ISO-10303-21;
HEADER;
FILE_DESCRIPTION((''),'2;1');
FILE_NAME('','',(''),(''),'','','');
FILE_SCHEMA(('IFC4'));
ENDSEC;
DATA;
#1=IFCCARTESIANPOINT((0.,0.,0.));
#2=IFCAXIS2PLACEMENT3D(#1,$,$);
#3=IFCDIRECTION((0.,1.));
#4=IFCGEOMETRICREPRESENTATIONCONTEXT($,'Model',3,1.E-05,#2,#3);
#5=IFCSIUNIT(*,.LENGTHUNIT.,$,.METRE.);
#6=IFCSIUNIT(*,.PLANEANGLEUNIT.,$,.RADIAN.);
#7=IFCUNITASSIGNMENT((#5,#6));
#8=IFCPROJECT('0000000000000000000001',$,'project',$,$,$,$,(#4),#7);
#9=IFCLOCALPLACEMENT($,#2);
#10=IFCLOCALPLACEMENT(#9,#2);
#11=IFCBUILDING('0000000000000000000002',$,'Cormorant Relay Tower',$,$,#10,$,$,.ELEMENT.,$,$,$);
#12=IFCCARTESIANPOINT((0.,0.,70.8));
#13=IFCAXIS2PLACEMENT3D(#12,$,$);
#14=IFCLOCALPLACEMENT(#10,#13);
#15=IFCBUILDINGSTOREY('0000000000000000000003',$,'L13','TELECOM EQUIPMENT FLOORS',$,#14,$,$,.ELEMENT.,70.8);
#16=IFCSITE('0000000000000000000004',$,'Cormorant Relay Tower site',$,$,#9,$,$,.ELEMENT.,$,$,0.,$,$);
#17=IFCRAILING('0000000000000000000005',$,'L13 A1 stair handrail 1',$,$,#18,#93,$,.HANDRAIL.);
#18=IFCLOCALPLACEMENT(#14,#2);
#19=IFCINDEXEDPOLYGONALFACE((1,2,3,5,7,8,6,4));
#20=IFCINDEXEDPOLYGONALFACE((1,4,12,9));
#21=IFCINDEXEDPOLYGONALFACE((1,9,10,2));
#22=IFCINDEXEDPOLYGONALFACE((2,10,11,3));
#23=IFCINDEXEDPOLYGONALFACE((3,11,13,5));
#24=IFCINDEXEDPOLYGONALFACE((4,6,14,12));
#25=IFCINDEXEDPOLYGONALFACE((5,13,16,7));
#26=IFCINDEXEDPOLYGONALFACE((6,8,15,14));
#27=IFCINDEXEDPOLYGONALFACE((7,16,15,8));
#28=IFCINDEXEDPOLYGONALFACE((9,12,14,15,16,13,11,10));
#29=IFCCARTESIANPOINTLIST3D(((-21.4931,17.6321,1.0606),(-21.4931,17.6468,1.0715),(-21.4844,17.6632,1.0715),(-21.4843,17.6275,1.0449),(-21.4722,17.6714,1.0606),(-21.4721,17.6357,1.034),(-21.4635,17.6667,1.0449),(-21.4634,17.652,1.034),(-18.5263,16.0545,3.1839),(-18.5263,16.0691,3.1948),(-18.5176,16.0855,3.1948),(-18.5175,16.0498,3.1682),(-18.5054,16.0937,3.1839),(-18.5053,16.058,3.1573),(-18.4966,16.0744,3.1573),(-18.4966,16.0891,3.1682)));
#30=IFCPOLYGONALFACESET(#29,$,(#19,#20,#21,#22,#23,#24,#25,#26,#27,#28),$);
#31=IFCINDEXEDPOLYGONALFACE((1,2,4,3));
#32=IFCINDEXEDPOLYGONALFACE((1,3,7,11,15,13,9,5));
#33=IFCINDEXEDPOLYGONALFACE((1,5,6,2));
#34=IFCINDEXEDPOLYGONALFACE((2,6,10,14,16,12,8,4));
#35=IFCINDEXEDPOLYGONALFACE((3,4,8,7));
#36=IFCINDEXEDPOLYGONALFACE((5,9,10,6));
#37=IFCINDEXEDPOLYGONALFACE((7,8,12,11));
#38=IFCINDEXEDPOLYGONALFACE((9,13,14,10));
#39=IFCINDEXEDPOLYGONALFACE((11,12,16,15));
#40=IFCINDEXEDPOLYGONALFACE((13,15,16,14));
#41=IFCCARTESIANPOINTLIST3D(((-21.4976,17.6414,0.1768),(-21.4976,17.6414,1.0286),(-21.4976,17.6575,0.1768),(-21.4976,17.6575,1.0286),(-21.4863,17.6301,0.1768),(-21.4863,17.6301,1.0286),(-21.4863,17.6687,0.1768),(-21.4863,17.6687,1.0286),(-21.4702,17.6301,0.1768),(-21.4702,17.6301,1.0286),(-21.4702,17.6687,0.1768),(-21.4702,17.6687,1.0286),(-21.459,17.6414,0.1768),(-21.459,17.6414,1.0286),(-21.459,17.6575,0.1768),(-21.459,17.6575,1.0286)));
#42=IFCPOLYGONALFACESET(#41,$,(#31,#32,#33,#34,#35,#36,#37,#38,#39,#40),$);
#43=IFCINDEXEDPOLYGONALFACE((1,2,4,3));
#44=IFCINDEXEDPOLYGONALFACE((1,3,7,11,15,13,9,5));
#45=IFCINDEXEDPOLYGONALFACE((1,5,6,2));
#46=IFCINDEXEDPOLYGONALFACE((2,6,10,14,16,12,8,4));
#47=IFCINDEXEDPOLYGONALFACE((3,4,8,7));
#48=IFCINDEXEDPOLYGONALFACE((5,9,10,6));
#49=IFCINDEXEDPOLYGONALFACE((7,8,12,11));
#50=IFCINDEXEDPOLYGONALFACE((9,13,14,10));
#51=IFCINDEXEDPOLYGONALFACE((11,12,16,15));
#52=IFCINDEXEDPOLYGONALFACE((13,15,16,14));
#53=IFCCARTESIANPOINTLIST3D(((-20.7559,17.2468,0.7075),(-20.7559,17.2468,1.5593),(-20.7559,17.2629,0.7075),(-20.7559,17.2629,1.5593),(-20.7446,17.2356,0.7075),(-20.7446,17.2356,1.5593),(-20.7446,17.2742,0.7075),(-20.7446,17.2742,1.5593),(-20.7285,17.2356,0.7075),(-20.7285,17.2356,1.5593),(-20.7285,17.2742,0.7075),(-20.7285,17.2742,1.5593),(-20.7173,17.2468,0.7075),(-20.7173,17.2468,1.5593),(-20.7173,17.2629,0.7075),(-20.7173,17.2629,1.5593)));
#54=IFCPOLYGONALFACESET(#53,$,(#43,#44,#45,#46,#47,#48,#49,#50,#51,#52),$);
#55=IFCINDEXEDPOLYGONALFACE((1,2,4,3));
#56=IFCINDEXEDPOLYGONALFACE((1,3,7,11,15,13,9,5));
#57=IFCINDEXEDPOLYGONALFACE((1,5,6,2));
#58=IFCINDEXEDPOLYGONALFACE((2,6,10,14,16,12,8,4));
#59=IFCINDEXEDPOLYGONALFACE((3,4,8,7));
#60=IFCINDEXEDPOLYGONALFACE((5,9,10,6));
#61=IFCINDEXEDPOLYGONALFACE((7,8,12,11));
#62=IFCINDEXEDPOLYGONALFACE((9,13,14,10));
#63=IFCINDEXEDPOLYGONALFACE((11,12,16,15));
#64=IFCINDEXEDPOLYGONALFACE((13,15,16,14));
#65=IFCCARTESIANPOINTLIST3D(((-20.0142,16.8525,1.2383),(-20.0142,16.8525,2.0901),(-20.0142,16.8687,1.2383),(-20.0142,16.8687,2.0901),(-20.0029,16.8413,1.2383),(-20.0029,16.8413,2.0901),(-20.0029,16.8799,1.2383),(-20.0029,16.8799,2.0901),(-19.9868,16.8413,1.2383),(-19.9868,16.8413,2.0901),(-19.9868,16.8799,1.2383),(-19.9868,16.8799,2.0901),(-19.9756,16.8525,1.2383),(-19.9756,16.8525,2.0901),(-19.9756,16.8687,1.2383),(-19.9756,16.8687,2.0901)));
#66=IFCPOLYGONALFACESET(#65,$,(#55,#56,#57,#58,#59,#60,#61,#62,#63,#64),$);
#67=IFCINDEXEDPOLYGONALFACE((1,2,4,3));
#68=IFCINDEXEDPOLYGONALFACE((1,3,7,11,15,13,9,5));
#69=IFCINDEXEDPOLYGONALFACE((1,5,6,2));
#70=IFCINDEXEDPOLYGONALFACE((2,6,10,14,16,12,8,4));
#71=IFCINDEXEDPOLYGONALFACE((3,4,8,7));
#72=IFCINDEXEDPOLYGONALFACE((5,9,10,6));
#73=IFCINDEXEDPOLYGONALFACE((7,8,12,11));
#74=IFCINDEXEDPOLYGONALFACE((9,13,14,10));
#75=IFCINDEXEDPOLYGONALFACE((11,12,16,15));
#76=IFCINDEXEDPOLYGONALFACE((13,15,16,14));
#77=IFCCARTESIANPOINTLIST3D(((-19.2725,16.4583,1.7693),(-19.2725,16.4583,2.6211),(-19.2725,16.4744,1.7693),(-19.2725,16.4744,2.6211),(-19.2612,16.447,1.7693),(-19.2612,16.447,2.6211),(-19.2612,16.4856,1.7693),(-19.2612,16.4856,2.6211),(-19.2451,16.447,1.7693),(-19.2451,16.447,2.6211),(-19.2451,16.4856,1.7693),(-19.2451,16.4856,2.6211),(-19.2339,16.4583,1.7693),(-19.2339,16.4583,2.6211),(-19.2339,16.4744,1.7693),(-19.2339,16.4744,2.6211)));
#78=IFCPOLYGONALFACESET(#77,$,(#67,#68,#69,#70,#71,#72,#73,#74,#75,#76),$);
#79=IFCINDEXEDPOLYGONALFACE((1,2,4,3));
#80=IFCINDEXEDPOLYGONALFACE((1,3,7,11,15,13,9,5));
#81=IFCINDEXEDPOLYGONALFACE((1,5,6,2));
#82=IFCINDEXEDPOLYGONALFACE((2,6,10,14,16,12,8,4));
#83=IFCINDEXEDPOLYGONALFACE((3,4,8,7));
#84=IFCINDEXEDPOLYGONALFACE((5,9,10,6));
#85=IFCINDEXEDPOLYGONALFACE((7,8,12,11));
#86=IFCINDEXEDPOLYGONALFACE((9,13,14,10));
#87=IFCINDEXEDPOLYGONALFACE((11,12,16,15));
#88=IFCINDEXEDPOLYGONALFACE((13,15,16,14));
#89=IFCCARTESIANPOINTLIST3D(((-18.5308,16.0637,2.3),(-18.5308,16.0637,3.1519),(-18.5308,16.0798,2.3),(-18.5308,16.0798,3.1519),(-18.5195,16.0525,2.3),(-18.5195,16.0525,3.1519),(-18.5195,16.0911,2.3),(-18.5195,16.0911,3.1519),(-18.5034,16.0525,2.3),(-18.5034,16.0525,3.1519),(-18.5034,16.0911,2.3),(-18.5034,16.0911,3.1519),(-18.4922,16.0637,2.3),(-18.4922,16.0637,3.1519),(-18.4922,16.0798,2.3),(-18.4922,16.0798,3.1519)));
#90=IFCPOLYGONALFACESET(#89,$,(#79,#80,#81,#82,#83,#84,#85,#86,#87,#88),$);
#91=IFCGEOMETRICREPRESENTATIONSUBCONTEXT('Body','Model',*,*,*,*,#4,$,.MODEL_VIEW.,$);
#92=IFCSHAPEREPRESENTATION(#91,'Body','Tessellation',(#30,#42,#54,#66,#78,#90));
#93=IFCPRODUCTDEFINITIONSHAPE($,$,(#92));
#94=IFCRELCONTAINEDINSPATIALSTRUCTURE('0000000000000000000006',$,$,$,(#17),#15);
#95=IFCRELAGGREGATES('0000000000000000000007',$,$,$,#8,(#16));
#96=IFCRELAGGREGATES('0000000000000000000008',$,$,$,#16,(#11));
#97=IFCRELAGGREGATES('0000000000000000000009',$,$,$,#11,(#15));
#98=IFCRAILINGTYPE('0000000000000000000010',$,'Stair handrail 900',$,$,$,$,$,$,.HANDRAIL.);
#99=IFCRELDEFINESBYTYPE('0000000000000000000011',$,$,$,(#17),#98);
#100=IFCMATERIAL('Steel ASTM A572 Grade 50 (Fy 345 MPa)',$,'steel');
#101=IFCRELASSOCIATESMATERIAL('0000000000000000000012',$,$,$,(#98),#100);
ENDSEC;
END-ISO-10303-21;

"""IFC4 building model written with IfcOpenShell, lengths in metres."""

from ifc_helpers import new_model, si_unit, direction, frame, origin, place, context, subcontext, project, spatial, polyline, outline, extrude, material, type_object, element, save


model = new_model("IFC4")

# Units and contexts
model_context = context("Model", 3, precision=1e-05, world=origin(), true_north=direction((0.0, 1.0)))
body_context = subcontext(model_context, "Body", "Model", "MODEL_VIEW")
ifc_project = project(units=[si_unit("LENGTHUNIT", "METRE"), si_unit("PLANEANGLEUNIT", "RADIAN")], contexts=[model_context])

# Site, building, storey
site_placement = place(None, origin())
site = spatial("IfcSite", under=ifc_project, at=site_placement, Name="Cormorant Relay Tower site", CompositionType="ELEMENT", RefElevation=0.0)
building_placement = place(site_placement, origin())
building = spatial("IfcBuilding", under=site, at=building_placement, Name="Cormorant Relay Tower", CompositionType="ELEMENT")
storey_placement = place(building_placement, frame((0.0, 0.0, 70.8)))
storey = spatial("IfcBuildingStorey", under=building, at=storey_placement, Name="L13", Description="TELECOM EQUIPMENT FLOORS", CompositionType="ELEMENT", Elevation=70.8)

# Railing
ifc_material_1 = material(Name="Steel ASTM A572 Grade 50 (Fy 345 MPa)", Category="steel")
railing_type_1 = type_object("IfcRailingType", Name="Stair handrail 900", PredefinedType="HANDRAIL", material=ifc_material_1)
railing_1_placement = place(storey_placement, frame((-21.4783, 17.6494, 0.1768)))
element("IfcRailing", 1, at=railing_1_placement, inside=storey, type_object=railing_type_1, Name="L13 A1 stair handrail 1", PredefinedType="HANDRAIL", context=body_context, shape_type="SweptSolid", body=[
    extrude(outline(polyline([(0.0222, 0.0093), (0.0093, 0.0222), (-0.0093, 0.0222), (-0.0222, 0.0093), (-0.0222, -0.0093), (-0.0093, -0.0222), (0.0093, -0.0222), (0.0222, -0.0093), (0.0222, 0.0093)])), frame((0.0, 0.0, 0.876), z_axis=(0.746398, -0.396908, 0.534186), x_axis=(0.469509, 0.882928, 0.0)), (0.0, 0.0, 1.0), 3.9749),
    extrude(outline(polyline([(0.0193, 0.0081), (0.0081, 0.0193), (-0.0081, 0.0193), (-0.0193, 0.0081), (-0.0193, -0.0081), (-0.0081, -0.0193), (0.0081, -0.0193), (0.0193, -0.0081), (0.0193, 0.0081)])), origin(), (0.0, 0.0, 1.0), 0.8518),
    extrude(outline(polyline([(0.0193, 0.0081), (0.0081, 0.0193), (-0.0081, 0.0193), (-0.0193, 0.0081), (-0.0193, -0.0081), (-0.0081, -0.0193), (0.0081, -0.0193), (0.0193, -0.0081), (0.0193, 0.0081)])), frame((0.7417, -0.3945, 0.5308)), (0.0, 0.0, 1.0), 0.8518),
    extrude(outline(polyline([(0.0193, 0.0081), (0.0081, 0.0193), (-0.0081, 0.0193), (-0.0193, 0.0081), (-0.0193, -0.0081), (-0.0081, -0.0193), (0.0081, -0.0193), (0.0193, -0.0081), (0.0193, 0.0081)])), frame((1.4834, -0.7888, 1.0615)), (0.0, 0.0, 1.0), 0.8518),
    extrude(outline(polyline([(0.0193, 0.0081), (0.0081, 0.0193), (-0.0081, 0.0193), (-0.0193, 0.0081), (-0.0193, -0.0081), (-0.0081, -0.0193), (0.0081, -0.0193), (0.0193, -0.0081), (0.0193, 0.0081)])), frame((2.2251, -1.1831, 1.5925)), (0.0, 0.0, 1.0), 0.8518),
    extrude(outline(polyline([(0.0193, 0.0081), (0.0081, 0.0193), (-0.0081, 0.0193), (-0.0193, 0.0081), (-0.0193, -0.0081), (-0.0081, -0.0193), (0.0081, -0.0193), (0.0193, -0.0081), (0.0193, 0.0081)])), frame((2.9668, -1.5776, 2.1233)), (0.0, 0.0, 1.0), 0.8518),
])

save(model, "model.ifc")
